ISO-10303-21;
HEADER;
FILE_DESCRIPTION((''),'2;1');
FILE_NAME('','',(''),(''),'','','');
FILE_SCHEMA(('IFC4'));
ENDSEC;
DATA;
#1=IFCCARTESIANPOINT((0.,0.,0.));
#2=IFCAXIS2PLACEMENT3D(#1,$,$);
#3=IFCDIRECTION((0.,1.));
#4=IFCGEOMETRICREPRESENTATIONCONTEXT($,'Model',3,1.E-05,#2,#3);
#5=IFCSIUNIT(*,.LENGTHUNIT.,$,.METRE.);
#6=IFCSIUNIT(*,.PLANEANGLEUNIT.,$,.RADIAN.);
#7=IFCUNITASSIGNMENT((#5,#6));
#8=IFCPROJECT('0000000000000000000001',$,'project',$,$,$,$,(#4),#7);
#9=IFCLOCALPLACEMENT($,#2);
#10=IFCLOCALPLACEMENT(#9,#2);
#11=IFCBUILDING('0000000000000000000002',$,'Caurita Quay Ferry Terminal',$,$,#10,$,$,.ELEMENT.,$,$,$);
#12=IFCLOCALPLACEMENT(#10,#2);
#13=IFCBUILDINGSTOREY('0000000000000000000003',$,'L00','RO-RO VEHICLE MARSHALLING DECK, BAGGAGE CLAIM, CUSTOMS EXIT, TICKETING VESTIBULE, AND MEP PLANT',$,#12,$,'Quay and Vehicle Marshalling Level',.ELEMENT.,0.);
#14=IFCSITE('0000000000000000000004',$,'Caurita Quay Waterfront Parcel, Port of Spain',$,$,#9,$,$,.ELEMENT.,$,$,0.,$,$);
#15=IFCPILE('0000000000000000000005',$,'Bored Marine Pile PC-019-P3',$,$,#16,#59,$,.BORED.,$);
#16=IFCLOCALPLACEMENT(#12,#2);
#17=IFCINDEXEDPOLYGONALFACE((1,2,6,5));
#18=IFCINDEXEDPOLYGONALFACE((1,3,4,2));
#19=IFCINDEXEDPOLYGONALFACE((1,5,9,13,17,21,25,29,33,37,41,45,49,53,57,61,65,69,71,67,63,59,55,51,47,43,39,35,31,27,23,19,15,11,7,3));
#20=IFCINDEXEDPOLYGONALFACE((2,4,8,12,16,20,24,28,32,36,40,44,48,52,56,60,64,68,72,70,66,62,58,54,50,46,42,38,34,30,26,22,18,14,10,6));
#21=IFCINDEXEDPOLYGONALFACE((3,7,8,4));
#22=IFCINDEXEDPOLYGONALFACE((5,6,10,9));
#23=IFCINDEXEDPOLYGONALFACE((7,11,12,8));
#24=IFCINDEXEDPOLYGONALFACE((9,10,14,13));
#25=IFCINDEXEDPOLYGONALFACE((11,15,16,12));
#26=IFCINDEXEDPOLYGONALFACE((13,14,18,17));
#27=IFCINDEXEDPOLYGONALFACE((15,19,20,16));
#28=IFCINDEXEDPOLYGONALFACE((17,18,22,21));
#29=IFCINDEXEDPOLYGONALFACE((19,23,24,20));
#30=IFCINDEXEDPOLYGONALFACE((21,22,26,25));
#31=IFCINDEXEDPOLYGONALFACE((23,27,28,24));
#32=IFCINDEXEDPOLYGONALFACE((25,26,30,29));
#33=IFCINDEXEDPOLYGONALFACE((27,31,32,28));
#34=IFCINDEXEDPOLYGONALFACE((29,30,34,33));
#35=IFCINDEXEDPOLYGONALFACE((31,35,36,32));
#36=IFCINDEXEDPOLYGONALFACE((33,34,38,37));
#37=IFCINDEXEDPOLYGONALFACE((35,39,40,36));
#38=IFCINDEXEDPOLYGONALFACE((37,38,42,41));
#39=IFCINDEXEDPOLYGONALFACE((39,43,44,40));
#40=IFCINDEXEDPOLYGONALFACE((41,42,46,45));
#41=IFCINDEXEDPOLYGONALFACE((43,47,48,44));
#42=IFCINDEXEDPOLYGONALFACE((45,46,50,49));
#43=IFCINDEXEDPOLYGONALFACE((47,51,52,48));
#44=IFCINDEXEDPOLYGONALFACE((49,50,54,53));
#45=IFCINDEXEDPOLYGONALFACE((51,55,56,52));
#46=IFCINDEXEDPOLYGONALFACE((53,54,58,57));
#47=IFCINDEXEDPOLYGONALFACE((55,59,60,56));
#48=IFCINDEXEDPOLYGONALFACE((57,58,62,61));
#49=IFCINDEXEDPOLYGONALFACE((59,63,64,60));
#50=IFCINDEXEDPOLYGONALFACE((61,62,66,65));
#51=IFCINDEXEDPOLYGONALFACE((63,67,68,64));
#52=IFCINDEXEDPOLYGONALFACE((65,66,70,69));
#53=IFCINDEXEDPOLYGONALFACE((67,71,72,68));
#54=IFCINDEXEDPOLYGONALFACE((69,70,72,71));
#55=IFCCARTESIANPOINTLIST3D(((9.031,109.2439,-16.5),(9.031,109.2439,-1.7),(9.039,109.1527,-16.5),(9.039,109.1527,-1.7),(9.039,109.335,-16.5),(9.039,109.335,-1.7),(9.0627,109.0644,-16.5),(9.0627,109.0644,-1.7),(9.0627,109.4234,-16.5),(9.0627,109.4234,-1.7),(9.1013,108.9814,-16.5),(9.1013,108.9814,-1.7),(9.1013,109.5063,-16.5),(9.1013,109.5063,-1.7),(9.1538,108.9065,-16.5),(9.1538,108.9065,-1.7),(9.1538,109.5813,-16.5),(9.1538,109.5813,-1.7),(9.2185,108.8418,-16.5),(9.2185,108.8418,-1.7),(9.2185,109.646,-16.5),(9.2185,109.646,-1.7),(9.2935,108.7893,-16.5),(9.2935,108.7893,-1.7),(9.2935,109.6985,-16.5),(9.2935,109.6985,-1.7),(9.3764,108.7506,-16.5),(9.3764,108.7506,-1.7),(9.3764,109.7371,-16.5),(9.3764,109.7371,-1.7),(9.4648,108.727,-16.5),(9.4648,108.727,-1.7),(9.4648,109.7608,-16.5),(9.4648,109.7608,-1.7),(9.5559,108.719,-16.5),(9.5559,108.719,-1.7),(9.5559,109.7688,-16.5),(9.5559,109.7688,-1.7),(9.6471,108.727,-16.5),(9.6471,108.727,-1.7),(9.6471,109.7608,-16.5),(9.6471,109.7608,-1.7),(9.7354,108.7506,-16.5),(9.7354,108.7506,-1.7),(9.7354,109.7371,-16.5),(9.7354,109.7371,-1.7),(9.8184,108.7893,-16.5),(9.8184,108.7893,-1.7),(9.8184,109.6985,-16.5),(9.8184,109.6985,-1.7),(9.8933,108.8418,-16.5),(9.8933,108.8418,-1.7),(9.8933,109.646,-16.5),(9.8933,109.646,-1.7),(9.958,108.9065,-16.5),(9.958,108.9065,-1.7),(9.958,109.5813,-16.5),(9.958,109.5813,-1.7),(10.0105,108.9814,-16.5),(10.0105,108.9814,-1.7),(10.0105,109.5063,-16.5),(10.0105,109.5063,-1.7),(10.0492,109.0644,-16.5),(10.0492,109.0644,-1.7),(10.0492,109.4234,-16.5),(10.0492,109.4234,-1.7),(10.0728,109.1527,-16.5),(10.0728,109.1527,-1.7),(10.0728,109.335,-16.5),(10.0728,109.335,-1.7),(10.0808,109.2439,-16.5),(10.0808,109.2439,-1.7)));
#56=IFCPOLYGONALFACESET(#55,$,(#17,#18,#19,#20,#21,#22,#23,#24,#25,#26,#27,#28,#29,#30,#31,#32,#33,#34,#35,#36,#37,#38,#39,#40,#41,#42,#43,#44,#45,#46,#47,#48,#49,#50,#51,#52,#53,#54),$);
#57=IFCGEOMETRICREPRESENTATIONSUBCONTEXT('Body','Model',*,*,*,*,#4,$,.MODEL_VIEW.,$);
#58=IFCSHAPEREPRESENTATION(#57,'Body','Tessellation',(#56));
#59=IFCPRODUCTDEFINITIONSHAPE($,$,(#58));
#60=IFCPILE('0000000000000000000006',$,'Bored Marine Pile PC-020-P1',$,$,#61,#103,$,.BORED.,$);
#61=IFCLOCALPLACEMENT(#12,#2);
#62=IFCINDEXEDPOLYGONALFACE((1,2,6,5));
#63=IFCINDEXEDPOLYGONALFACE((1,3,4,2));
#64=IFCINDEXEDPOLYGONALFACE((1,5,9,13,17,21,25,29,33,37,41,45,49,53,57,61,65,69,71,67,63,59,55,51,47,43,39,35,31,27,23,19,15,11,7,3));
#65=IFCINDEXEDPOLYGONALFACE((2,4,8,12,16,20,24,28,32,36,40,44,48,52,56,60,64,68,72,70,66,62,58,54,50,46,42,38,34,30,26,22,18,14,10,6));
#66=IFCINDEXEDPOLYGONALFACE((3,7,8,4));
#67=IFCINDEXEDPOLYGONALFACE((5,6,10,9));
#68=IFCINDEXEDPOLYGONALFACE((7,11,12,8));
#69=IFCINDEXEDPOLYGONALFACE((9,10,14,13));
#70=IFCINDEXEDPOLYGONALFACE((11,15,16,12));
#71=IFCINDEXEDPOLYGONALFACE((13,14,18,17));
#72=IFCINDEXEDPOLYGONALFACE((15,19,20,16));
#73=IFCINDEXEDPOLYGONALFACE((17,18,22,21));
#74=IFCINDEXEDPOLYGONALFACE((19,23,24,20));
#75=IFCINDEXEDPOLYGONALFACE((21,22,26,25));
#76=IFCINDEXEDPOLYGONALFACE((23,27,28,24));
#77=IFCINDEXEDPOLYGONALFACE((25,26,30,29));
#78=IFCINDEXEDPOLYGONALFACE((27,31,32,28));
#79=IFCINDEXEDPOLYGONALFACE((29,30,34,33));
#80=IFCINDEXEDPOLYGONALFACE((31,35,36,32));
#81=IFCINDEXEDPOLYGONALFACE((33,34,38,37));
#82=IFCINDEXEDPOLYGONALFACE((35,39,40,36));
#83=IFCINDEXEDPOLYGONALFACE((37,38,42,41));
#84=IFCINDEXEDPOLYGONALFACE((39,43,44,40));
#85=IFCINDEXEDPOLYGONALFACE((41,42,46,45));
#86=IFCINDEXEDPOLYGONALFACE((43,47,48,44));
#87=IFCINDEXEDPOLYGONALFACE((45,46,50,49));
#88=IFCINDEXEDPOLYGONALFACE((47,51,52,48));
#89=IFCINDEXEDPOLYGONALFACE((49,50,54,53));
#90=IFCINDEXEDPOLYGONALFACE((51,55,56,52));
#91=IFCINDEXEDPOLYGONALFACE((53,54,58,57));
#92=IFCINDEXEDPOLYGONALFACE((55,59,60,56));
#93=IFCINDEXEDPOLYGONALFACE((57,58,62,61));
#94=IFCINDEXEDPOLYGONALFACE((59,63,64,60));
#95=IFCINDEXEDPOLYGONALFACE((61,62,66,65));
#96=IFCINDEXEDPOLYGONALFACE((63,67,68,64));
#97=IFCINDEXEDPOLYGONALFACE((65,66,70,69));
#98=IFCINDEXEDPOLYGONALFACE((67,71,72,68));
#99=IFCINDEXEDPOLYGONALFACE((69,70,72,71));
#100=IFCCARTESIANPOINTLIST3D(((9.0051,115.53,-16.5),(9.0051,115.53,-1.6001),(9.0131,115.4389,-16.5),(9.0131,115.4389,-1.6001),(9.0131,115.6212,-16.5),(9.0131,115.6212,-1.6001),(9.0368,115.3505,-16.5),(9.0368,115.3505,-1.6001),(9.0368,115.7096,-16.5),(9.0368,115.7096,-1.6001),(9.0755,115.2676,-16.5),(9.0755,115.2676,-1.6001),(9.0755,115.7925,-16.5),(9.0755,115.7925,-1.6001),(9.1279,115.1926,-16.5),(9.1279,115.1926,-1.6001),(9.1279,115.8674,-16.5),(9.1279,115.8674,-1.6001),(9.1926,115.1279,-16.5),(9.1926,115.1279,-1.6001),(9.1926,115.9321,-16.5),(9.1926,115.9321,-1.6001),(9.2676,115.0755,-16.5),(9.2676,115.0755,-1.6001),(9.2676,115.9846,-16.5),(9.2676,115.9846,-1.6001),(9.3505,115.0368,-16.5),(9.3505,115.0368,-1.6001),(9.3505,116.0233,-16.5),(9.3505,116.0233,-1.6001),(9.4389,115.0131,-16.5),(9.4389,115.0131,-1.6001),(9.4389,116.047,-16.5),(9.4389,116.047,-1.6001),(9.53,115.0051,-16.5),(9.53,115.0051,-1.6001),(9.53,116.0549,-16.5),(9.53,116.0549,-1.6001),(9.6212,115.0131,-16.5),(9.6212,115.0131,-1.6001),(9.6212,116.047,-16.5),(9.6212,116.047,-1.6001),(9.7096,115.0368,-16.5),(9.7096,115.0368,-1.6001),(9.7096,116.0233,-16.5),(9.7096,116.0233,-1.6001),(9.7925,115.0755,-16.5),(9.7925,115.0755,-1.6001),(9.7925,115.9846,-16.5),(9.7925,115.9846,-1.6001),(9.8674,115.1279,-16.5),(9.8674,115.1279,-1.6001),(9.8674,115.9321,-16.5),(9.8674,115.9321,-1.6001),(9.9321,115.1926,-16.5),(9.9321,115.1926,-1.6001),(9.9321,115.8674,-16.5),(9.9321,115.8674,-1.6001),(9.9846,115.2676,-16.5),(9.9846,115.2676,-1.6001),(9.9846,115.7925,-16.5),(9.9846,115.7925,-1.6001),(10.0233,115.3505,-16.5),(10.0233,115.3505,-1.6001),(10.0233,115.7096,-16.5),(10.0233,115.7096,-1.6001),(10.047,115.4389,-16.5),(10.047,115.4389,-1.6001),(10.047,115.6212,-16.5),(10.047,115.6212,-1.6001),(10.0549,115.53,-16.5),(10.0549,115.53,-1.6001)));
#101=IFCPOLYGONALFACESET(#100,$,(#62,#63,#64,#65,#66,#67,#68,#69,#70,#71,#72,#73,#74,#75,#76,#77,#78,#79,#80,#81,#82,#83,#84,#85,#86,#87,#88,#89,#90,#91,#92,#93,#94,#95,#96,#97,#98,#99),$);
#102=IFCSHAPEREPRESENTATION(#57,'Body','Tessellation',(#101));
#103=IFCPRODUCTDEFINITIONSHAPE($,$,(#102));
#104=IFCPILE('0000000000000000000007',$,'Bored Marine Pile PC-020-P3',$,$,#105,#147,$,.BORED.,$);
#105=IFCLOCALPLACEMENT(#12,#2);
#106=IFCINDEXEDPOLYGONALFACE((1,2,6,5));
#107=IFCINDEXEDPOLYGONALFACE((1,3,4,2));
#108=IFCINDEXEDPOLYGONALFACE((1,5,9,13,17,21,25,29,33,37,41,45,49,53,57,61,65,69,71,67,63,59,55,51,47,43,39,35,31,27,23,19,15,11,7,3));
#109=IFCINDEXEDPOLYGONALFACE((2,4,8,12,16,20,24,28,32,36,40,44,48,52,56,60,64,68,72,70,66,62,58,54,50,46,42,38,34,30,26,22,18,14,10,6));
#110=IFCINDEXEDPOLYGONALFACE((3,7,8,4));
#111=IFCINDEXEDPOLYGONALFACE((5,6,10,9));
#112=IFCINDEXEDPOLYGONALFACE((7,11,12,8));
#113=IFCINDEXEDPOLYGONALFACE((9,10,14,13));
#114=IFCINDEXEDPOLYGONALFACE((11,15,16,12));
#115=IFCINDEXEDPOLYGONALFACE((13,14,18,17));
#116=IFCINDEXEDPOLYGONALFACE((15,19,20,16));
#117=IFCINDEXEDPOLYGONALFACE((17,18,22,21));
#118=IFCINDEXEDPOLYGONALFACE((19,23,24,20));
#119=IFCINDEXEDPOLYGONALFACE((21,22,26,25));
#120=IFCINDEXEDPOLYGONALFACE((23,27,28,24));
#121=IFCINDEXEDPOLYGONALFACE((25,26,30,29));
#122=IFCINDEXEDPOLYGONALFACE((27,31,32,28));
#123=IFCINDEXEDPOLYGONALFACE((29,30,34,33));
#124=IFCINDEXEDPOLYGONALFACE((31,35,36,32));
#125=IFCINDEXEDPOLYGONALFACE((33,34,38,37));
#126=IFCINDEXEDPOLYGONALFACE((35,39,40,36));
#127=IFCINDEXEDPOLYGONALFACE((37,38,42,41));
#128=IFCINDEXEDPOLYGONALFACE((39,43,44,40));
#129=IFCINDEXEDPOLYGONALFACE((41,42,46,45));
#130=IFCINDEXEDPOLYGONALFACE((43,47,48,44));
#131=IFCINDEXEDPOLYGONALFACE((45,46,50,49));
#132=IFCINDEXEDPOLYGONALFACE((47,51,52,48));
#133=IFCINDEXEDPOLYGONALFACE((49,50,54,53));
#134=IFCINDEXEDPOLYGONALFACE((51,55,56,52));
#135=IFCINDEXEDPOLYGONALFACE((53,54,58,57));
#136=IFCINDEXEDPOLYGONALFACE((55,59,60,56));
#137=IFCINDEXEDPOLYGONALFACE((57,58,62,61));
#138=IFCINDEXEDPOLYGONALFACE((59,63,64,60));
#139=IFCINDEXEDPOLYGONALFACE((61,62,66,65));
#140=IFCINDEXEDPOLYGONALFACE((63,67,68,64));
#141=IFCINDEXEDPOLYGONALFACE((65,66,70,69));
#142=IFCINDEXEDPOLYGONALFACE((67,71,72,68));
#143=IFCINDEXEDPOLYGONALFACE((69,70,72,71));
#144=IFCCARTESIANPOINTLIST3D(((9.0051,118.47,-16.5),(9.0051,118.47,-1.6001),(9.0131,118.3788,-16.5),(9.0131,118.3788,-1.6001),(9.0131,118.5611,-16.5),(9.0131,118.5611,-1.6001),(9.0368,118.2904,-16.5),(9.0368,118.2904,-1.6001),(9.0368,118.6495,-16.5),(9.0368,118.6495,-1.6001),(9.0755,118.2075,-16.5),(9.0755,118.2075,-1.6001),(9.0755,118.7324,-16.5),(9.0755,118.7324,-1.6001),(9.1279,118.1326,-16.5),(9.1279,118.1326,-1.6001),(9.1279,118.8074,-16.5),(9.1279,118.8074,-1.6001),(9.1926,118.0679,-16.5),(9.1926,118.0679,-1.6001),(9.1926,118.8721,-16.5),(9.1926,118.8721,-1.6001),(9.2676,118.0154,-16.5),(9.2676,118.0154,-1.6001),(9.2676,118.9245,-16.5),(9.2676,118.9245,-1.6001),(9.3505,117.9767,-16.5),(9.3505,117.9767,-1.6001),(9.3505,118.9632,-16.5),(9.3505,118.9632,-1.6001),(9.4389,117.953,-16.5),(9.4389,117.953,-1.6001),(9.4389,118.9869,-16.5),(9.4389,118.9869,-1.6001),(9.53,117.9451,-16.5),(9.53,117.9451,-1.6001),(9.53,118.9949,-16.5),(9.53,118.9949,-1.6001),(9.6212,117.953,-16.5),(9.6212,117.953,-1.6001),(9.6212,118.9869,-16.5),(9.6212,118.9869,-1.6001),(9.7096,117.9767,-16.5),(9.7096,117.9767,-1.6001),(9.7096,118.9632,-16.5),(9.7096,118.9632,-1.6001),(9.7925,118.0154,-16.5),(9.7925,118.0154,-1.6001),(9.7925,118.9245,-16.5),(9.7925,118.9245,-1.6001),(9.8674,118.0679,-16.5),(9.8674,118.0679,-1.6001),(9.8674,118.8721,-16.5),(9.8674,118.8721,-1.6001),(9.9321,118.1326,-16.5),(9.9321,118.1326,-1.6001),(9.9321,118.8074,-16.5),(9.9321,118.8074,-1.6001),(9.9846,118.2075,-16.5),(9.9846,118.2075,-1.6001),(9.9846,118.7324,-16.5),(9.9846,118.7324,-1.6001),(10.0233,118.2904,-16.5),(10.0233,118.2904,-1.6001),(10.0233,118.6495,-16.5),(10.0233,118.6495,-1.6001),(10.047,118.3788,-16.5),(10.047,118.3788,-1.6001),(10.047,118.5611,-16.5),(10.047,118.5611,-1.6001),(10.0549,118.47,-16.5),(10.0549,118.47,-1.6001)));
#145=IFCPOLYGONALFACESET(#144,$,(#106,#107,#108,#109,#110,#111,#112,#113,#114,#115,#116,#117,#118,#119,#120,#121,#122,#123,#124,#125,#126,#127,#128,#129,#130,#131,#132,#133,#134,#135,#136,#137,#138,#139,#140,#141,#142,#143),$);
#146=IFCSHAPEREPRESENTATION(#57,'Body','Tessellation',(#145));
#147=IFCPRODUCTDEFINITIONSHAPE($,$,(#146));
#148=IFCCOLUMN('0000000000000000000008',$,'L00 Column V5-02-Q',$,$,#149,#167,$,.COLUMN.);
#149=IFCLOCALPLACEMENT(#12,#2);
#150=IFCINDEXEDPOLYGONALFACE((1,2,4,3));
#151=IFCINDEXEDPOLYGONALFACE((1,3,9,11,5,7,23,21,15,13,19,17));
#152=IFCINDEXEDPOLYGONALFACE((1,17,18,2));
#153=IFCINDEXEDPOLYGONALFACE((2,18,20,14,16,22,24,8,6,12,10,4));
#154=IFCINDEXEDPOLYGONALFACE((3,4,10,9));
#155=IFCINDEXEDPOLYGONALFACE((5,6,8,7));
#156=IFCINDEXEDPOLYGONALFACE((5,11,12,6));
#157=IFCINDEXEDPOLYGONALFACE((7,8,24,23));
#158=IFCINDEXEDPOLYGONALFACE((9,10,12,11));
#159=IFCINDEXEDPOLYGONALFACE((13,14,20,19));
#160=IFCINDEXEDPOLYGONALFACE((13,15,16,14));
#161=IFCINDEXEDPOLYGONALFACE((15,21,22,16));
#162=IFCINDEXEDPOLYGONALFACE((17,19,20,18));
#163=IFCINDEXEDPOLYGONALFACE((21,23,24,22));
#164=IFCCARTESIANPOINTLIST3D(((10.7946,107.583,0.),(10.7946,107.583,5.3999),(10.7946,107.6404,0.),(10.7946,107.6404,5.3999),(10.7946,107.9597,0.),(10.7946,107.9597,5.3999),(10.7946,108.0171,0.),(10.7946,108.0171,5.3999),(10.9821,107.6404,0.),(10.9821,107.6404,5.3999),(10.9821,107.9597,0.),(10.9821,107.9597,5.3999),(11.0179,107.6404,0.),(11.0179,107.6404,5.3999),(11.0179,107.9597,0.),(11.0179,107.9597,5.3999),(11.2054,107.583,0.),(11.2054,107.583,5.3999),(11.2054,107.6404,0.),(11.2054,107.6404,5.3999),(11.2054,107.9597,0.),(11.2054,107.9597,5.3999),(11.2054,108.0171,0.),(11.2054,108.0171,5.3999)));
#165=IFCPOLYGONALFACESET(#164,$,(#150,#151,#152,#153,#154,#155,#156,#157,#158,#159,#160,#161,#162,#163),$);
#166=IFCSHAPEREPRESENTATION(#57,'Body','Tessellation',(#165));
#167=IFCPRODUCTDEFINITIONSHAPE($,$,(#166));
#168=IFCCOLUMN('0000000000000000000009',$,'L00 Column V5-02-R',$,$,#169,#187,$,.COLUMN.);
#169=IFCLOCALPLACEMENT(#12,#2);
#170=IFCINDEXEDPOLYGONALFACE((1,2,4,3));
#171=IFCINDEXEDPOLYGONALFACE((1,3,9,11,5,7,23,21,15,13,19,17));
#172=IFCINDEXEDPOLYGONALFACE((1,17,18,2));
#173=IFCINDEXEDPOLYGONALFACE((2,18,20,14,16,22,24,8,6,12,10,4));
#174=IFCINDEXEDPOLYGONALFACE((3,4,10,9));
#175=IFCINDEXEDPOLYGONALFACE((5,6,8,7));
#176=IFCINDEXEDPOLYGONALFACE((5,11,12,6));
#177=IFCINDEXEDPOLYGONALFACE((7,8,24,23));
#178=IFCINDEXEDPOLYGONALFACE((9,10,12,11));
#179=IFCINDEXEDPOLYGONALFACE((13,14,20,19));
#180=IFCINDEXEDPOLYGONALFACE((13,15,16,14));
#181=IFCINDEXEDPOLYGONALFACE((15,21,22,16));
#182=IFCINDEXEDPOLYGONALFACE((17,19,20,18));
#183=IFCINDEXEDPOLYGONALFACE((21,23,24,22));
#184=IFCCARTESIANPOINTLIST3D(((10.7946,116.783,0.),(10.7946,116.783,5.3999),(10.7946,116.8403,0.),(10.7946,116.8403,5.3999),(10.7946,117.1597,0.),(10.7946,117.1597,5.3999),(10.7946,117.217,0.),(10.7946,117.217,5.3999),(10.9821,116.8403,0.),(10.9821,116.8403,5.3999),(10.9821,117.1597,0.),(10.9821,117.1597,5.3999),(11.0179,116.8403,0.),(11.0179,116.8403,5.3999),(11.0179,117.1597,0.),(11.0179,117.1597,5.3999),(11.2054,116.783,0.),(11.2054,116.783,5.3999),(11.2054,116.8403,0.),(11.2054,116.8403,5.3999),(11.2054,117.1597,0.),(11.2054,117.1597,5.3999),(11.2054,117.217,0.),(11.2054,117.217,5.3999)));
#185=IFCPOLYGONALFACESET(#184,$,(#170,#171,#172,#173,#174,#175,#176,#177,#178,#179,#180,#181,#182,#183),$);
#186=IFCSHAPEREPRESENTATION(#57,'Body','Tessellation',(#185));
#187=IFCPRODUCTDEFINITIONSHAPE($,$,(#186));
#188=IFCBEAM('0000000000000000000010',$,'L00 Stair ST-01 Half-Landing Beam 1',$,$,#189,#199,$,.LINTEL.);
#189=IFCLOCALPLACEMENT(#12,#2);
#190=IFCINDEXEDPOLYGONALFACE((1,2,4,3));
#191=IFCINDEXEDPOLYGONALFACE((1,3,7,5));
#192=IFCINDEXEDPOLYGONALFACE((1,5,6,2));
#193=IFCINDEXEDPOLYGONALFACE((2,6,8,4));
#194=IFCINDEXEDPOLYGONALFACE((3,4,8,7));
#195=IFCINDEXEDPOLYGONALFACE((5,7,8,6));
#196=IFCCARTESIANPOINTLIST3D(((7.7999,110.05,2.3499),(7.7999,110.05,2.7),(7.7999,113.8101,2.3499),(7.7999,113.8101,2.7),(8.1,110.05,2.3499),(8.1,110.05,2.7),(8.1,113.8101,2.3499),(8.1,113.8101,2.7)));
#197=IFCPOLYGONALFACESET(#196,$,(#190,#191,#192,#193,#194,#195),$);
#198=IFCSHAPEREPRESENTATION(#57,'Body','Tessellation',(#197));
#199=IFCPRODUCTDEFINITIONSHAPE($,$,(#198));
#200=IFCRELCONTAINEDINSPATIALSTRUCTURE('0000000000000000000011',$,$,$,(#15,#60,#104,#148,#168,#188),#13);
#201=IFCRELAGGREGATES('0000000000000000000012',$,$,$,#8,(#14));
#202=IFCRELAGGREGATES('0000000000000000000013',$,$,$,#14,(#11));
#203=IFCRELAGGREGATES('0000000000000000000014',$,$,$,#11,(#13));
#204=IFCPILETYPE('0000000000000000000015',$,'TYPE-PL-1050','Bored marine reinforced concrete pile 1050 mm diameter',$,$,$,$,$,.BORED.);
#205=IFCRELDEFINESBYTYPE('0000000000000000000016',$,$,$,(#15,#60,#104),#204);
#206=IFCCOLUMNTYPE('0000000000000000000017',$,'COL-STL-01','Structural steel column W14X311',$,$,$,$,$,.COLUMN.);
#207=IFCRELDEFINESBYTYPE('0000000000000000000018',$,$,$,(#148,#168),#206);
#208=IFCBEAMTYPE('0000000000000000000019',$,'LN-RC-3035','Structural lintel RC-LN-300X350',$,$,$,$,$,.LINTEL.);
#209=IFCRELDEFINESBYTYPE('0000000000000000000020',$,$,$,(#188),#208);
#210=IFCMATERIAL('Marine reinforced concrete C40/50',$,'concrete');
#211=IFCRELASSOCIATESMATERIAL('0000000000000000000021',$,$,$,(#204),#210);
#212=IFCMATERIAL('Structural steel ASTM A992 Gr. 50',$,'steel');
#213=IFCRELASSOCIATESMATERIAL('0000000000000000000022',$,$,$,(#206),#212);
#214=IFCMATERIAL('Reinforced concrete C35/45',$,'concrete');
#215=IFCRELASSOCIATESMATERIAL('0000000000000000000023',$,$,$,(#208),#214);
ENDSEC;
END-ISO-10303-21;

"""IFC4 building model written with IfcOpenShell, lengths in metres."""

from ifc_helpers import new_model, si_unit, direction, frame, origin, origin_2d, place, context, subcontext, project, spatial, rectangle, circle, i_section, extrude, material, material_profile, profile_set, type_object, element, save


model = new_model("IFC4")

# Units and contexts
model_context = context("Model", 3, precision=1e-05, world=origin(), true_north=direction((0.0, 1.0)))
body_context = subcontext(model_context, "Body", "Model", "MODEL_VIEW")
ifc_project = project(units=[si_unit("LENGTHUNIT", "METRE"), si_unit("PLANEANGLEUNIT", "RADIAN")], contexts=[model_context])

# Site, building, storey
site_placement = place(None, origin())
site = spatial("IfcSite", under=ifc_project, at=site_placement, Name="Caurita Quay Waterfront Parcel, Port of Spain", CompositionType="ELEMENT", RefElevation=0.0)
building_placement = place(site_placement, origin())
building = spatial("IfcBuilding", under=site, at=building_placement, Name="Caurita Quay Ferry Terminal", CompositionType="ELEMENT")
storey_placement = place(building_placement, origin())
storey = spatial("IfcBuildingStorey", under=building, at=storey_placement, Name="L00", Description="RO-RO VEHICLE MARSHALLING DECK, BAGGAGE CLAIM, CUSTOMS EXIT, TICKETING VESTIBULE, AND MEP PLANT", LongName="Quay and Vehicle Marshalling Level", CompositionType="ELEMENT", Elevation=0.0)

# Piles
ifc_material_1 = material(Name="Marine reinforced concrete C40/50", Category="concrete")
ifc_material_profile_1 = material_profile(ifc_material_1, circle(Radius=0.5249, at=origin_2d()), Name="PILE-D1050")
ifc_profile_set_1 = profile_set([ifc_material_profile_1], Name="Marine reinforced concrete C40/50")
pile_type = type_object("IfcPileType", Name="TYPE-PL-1050", Description="Bored marine reinforced concrete pile 1050 mm diameter", PredefinedType="BORED", material=ifc_profile_set_1)
pile_placement = place(storey_placement, frame((9.5559, 109.2439, -1.7), z_axis=(0.0, 0.0, -1.0), x_axis=(1.0, 0.0, 0.0)))
element("IfcPile", 1, at=pile_placement, inside=storey, type_object=pile_type, Name="Bored Marine Pile PC-019-P3", PredefinedType="BORED", context=body_context, shape_type="SweptSolid", body=[
    extrude(circle(Radius=0.5249, at=origin_2d()), origin(), (0.0, 0.0, 1.0), 14.8),
])
for number, where, z_axis, x_axis, name in (
    (2, (9.53, 115.53, -1.6001), (0.0, 0.0, -1.0), (1.0, 0.0, 0.0), "Bored Marine Pile PC-020-P1"),
    (3, (9.53, 118.47, -1.6001), (0.0, 0.0, -1.0), (1.0, 0.0, 0.0), "Bored Marine Pile PC-020-P3"),
):
    element("IfcPile", number, at=place(storey_placement, frame(where, z_axis=z_axis, x_axis=x_axis)), inside=storey, type_object=pile_type, Name=name, PredefinedType="BORED", context=body_context, shape_type="SweptSolid", body=[
        extrude(circle(Radius=0.5249, at=origin_2d()), origin(), (0.0, 0.0, 1.0), 14.8999),
    ])

# Columns
ifc_material_2 = material(Name="Structural steel ASTM A992 Gr. 50", Category="steel")
ifc_material_profile_2 = material_profile(ifc_material_2, i_section(OverallWidth=0.4109, OverallDepth=0.4341, WebThickness=0.0359, FlangeThickness=0.0574, at=origin_2d()), Name="W14X311")
ifc_profile_set_2 = profile_set([ifc_material_profile_2], Name="Structural steel ASTM A992 Gr. 50")
column_type = type_object("IfcColumnType", Name="COL-STL-01", Description="Structural steel column W14X311", PredefinedType="COLUMN", material=ifc_profile_set_2)
for number, where, z_axis, x_axis, name in (
    (4, (11.0, 107.8, 0.0), (0.0, 0.0, 1.0), (1.0, 0.0, 0.0), "L00 Column V5-02-Q"),
    (5, (11.0, 117.0, 0.0), (0.0, 0.0, 1.0), (1.0, 0.0, 0.0), "L00 Column V5-02-R"),
):
    element("IfcColumn", number, at=place(storey_placement, frame(where, z_axis=z_axis, x_axis=x_axis)), inside=storey, type_object=column_type, Name=name, PredefinedType="COLUMN", context=body_context, shape_type="SweptSolid", body=[
        extrude(i_section(OverallWidth=0.4109, OverallDepth=0.4341, WebThickness=0.0359, FlangeThickness=0.0574, at=origin_2d()), origin(), (0.0, 0.0, 1.0), 5.3999),
    ])

# Beam
ifc_material_3 = material(Name="Reinforced concrete C35/45", Category="concrete")
ifc_material_profile_3 = material_profile(ifc_material_3, rectangle(XDim=0.3, YDim=0.3501, at=origin_2d()), Name="RC-LN-300X350")
ifc_profile_set_3 = profile_set([ifc_material_profile_3], Name="Reinforced concrete C35/45")
beam_type = type_object("IfcBeamType", Name="LN-RC-3035", Description="Structural lintel RC-LN-300X350", PredefinedType="LINTEL", material=ifc_profile_set_3)
beam_placement = place(storey_placement, frame((7.95, 110.05, 2.5249), z_axis=(0.0, 1.0, 0.0), x_axis=(-1.0, 0.0, 0.0)))
element("IfcBeam", 6, at=beam_placement, inside=storey, type_object=beam_type, Name="L00 Stair ST-01 Half-Landing Beam 1", PredefinedType="LINTEL", context=body_context, shape_type="SweptSolid", body=[
    extrude(rectangle(XDim=0.3, YDim=0.3501, at=origin_2d()), origin(), (0.0, 0.0, 1.0), 3.76),
])

save(model, "model.ifc")
